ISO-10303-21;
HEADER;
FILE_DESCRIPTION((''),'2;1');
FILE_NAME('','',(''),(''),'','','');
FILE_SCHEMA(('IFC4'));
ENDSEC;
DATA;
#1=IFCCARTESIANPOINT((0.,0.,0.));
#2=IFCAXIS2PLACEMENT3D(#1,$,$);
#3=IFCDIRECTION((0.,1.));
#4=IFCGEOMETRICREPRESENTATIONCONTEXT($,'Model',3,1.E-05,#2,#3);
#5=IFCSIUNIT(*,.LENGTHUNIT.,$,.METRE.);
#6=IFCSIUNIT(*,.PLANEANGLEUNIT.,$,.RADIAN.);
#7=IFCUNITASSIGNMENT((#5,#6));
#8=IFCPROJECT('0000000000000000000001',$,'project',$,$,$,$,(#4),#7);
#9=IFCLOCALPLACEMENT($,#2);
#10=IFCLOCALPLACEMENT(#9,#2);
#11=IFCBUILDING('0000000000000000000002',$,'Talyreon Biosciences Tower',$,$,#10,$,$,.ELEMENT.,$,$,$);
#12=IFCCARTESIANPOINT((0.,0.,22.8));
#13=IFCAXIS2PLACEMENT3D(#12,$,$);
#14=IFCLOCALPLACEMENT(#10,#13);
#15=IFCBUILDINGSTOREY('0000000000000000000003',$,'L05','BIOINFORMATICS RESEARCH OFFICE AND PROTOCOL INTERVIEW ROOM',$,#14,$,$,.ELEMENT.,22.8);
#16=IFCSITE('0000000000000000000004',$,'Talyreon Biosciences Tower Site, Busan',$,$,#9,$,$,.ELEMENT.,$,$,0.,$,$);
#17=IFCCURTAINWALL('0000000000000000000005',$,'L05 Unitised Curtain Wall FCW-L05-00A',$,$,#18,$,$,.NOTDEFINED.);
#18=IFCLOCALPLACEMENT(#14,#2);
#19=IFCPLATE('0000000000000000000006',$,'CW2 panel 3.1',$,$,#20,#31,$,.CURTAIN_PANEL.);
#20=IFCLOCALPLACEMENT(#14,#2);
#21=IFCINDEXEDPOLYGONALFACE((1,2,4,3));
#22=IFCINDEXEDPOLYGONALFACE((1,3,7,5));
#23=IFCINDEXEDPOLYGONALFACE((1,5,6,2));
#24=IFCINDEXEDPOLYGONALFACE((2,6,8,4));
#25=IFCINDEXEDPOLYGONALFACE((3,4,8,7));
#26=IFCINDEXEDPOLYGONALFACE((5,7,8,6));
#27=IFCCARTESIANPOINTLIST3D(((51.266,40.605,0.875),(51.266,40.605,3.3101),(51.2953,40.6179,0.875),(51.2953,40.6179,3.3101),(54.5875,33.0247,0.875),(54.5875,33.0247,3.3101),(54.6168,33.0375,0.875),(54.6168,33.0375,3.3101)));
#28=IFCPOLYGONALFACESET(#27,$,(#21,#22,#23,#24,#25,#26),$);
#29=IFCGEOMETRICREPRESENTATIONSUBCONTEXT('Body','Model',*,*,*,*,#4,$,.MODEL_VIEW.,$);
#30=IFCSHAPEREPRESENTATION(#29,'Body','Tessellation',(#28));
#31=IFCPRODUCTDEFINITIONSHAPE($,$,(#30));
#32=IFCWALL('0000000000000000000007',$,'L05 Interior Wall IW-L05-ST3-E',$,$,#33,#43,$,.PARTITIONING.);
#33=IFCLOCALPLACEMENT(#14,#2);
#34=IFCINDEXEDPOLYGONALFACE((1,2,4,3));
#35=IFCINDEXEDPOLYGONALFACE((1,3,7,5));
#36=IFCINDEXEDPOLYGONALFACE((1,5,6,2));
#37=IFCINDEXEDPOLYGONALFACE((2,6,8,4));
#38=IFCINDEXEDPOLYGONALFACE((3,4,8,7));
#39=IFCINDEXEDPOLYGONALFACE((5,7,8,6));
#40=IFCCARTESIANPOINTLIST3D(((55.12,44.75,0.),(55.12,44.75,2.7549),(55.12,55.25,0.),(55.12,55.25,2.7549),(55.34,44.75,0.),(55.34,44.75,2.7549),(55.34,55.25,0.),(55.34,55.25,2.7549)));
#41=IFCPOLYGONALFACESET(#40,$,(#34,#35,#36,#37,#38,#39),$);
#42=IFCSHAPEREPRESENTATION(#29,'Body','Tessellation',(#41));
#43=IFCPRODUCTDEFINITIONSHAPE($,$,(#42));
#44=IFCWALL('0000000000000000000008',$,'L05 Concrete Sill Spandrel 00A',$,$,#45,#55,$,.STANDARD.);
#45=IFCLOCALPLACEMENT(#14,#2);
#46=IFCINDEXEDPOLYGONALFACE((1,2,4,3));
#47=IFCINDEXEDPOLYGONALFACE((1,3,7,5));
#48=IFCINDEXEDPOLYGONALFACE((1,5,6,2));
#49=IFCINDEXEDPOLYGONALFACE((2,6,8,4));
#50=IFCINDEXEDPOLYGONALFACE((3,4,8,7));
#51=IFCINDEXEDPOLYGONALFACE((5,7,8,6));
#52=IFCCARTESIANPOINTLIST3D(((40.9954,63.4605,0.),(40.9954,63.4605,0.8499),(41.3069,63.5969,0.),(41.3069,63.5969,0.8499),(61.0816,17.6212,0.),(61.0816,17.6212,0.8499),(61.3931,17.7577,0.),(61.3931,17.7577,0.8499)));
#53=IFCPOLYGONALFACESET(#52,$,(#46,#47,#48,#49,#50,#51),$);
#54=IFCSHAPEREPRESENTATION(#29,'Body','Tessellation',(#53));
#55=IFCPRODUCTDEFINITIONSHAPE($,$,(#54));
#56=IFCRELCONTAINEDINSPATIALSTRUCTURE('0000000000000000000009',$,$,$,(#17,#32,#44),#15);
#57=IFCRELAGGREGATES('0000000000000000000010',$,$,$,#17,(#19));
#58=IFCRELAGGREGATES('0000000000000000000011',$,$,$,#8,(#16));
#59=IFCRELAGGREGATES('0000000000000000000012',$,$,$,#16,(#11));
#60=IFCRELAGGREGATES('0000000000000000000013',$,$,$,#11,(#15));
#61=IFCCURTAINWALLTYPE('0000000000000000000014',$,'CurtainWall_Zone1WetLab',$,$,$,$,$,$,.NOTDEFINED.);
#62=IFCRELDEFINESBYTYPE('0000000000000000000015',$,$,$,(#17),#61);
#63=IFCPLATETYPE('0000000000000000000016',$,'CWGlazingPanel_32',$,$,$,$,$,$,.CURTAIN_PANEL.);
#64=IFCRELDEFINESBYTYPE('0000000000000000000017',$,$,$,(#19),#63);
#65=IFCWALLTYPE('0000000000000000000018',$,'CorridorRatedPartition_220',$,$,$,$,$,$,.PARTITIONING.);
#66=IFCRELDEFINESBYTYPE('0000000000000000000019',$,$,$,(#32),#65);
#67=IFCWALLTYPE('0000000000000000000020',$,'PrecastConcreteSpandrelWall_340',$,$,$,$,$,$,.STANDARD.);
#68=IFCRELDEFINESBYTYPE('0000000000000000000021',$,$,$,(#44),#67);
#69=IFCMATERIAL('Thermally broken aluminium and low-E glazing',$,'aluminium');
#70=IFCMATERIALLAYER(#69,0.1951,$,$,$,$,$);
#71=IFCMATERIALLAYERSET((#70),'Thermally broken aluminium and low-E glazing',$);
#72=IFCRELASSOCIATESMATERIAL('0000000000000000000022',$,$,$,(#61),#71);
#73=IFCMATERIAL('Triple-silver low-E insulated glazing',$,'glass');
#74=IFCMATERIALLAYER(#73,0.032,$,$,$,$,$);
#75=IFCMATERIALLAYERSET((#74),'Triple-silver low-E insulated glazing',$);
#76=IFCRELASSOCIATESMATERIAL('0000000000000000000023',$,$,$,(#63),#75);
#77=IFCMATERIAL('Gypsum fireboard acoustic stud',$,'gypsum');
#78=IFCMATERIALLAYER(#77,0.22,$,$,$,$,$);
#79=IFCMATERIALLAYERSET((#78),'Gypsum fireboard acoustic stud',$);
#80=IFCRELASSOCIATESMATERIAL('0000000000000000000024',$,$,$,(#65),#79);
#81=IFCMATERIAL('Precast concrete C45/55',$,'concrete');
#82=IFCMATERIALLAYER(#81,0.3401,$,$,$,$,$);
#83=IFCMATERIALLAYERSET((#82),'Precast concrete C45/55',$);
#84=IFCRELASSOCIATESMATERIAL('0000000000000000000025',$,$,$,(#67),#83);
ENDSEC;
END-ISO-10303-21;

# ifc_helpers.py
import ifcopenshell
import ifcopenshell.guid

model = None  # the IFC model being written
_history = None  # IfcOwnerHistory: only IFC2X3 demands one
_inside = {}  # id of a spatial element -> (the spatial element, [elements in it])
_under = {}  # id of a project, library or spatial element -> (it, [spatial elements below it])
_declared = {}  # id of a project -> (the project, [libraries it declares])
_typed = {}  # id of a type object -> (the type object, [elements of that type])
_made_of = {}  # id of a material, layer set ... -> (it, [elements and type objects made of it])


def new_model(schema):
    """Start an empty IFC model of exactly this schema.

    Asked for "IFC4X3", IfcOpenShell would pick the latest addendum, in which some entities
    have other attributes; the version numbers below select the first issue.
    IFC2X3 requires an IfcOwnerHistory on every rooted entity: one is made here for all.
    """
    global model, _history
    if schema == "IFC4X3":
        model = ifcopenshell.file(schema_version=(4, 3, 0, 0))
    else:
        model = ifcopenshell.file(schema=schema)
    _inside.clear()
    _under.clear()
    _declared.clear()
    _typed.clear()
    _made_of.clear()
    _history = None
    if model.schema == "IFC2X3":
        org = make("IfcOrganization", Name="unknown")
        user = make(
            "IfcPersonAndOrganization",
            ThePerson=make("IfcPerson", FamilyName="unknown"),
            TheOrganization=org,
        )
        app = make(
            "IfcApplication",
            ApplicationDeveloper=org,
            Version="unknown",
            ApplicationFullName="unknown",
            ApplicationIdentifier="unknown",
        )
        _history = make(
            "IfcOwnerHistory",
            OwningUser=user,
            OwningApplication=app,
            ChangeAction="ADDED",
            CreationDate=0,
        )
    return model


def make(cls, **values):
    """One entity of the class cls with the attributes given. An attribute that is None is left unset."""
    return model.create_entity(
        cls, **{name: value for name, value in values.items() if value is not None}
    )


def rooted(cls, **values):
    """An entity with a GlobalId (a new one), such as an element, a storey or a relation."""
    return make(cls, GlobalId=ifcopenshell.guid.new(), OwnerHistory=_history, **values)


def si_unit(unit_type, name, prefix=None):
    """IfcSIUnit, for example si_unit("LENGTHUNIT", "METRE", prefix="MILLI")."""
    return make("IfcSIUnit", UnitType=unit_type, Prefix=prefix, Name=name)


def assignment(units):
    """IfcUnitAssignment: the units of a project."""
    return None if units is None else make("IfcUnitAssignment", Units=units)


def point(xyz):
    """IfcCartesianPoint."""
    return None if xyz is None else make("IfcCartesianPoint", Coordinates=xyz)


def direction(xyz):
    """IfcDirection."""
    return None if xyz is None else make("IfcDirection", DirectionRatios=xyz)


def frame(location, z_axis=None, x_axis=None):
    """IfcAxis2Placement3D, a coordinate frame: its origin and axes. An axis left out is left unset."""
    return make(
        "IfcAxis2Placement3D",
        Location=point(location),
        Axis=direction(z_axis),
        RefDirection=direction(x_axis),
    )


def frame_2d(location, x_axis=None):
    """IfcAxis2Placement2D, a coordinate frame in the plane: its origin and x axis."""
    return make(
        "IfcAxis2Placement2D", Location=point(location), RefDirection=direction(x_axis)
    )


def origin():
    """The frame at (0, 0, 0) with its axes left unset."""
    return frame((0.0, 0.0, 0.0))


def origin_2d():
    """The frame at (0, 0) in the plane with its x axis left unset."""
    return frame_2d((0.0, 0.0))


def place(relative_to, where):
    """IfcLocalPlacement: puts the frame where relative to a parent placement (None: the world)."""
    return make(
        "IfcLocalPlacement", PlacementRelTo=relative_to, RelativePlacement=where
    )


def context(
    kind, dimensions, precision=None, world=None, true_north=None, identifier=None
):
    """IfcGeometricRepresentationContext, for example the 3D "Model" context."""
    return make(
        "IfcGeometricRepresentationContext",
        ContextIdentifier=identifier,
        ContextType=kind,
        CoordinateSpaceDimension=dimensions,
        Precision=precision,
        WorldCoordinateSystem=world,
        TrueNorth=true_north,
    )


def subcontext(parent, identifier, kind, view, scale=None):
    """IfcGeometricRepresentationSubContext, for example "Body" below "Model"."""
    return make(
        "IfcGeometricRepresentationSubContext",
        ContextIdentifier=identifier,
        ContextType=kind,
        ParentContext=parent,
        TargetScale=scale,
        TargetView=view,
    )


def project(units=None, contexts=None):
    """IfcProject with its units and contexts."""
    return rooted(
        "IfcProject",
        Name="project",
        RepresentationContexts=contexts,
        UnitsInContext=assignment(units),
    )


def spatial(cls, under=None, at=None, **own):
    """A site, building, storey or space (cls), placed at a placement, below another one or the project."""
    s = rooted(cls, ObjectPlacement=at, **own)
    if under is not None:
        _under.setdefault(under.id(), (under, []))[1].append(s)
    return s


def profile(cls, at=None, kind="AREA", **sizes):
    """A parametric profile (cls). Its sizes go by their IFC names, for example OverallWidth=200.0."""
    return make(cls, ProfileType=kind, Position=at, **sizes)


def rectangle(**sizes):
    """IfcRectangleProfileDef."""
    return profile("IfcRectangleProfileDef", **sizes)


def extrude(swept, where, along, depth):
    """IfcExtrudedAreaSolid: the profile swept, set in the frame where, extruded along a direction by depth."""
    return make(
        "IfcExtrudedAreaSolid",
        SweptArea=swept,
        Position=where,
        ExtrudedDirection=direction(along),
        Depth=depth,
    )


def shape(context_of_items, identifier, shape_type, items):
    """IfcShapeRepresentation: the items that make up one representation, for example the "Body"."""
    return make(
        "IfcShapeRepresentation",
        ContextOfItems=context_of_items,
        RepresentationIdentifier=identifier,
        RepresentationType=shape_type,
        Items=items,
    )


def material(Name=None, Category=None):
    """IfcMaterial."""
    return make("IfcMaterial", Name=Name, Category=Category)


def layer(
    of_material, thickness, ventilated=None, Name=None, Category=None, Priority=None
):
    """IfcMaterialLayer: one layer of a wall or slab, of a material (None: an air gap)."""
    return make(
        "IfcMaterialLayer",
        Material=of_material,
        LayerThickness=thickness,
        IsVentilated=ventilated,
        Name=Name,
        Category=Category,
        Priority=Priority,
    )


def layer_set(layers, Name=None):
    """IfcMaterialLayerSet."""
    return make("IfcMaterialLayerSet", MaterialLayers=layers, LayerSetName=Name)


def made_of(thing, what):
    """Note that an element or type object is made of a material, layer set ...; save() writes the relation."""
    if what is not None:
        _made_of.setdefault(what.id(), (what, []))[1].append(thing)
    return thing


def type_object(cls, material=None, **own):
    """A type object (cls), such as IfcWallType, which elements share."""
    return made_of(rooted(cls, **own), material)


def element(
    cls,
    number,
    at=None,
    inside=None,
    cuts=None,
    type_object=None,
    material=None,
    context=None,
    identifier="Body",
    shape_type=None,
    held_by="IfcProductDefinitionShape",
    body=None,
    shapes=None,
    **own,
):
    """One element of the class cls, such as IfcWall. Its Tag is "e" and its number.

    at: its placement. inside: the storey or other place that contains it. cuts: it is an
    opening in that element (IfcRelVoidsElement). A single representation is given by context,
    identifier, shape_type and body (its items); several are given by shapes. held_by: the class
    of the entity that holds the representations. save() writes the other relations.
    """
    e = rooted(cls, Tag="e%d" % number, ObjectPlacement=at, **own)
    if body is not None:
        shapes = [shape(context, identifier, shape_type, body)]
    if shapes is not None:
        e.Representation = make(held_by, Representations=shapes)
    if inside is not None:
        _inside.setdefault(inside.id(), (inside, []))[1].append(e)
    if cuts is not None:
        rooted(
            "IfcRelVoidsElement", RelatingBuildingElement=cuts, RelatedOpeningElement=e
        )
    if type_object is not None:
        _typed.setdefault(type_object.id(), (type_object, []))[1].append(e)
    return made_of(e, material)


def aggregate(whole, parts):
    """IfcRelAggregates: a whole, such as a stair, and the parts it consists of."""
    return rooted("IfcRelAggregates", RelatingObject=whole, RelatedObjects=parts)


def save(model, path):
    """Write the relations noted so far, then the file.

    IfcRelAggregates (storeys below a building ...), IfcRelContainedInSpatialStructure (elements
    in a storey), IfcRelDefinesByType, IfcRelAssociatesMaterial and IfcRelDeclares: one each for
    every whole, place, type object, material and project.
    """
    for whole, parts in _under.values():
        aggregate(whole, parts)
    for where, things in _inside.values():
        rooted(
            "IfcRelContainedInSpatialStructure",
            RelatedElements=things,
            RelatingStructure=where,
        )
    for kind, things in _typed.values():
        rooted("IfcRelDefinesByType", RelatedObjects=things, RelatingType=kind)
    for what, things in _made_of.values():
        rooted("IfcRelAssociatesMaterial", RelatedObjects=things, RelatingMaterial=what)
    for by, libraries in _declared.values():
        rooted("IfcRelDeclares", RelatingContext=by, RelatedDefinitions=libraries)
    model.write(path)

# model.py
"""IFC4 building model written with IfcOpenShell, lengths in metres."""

from ifc_helpers import new_model, si_unit, direction, frame, frame_2d, origin, origin_2d, place, context, subcontext, project, spatial, rectangle, extrude, material, layer, layer_set, type_object, element, aggregate, save


model = new_model("IFC4")

# Units and contexts
model_context = context("Model", 3, precision=1e-05, world=origin(), true_north=direction((0.0, 1.0)))
body_context = subcontext(model_context, "Body", "Model", "MODEL_VIEW")
ifc_project = project(units=[si_unit("LENGTHUNIT", "METRE"), si_unit("PLANEANGLEUNIT", "RADIAN")], contexts=[model_context])

# Site, building, storey
site_placement = place(None, origin())
site = spatial("IfcSite", under=ifc_project, at=site_placement, Name="Talyreon Biosciences Tower Site, Busan", CompositionType="ELEMENT", RefElevation=0.0)
building_placement = place(site_placement, origin())
building = spatial("IfcBuilding", under=site, at=building_placement, Name="Talyreon Biosciences Tower", CompositionType="ELEMENT")
storey_placement = place(building_placement, frame((0.0, 0.0, 22.8)))
storey = spatial("IfcBuildingStorey", under=building, at=storey_placement, Name="L05", Description="BIOINFORMATICS RESEARCH OFFICE AND PROTOCOL INTERVIEW ROOM", CompositionType="ELEMENT", Elevation=22.8)

# Curtain wall
ifc_material_1 = material(Name="Thermally broken aluminium and low-E glazing", Category="aluminium")
ifc_layer_1 = layer(ifc_material_1, 0.1951)
ifc_layer_set_1 = layer_set([ifc_layer_1], Name="Thermally broken aluminium and low-E glazing")
curtain_wall_type = type_object("IfcCurtainWallType", Name="CurtainWall_Zone1WetLab", PredefinedType="NOTDEFINED", material=ifc_layer_set_1)
curtain_wall_placement = place(storey_placement, origin())
curtain_wall = element("IfcCurtainWall", 1, at=curtain_wall_placement, inside=storey, type_object=curtain_wall_type, Name="L05 Unitised Curtain Wall FCW-L05-00A", PredefinedType="NOTDEFINED")

# Shared definitions
ifc_material_2 = material(Name="Precast concrete C45/55", Category="concrete")

# Plate
ifc_material_3 = material(Name="Triple-silver low-E insulated glazing", Category="glass")
ifc_layer_2 = layer(ifc_material_3, 0.032)
ifc_layer_set_2 = layer_set([ifc_layer_2], Name="Triple-silver low-E insulated glazing")
plate_type = type_object("IfcPlateType", Name="CWGlazingPanel_32", PredefinedType="CURTAIN_PANEL", material=ifc_layer_set_2)
plate_1_placement = place(storey_placement, frame((52.9414, 36.8213, 0.875), z_axis=(0.0, 0.0, 1.0), x_axis=(-0.401345, 0.915927, 0.0)))
plate_1 = element("IfcPlate", 2, at=plate_1_placement, type_object=plate_type, Name="CW2 panel 3.1", PredefinedType="CURTAIN_PANEL", context=body_context, shape_type="SweptSolid", body=[
    extrude(rectangle(XDim=8.2761, YDim=0.032, at=origin_2d()), origin(), (0.0, 0.0, 1.0), 2.4351),
])
aggregate(curtain_wall, [plate_1])

# Walls
ifc_material_4 = material(Name="Gypsum fireboard acoustic stud", Category="gypsum")
ifc_layer_3 = layer(ifc_material_4, 0.22)
ifc_layer_set_3 = layer_set([ifc_layer_3], Name="Gypsum fireboard acoustic stud")
wall_type_1 = type_object("IfcWallType", Name="CorridorRatedPartition_220", PredefinedType="PARTITIONING", material=ifc_layer_set_3)
wall_1_placement = place(storey_placement, frame((55.23, 44.75, 0.0), z_axis=(0.0, 0.0, 1.0), x_axis=(0.0, 1.0, 0.0)))
element("IfcWall", 3, at=wall_1_placement, inside=storey, type_object=wall_type_1, Name="L05 Interior Wall IW-L05-ST3-E", PredefinedType="PARTITIONING", context=body_context, shape_type="SweptSolid", body=[
    extrude(rectangle(XDim=10.5, YDim=0.22, at=frame_2d((5.25, 0.0))), origin(), (0.0, 0.0, 1.0), 2.7549),
])
ifc_layer_4 = layer(ifc_material_2, 0.3401)
ifc_layer_set_4 = layer_set([ifc_layer_4], Name="Precast concrete C45/55")
wall_type_2 = type_object("IfcWallType", Name="PrecastConcreteSpandrelWall_340", PredefinedType="STANDARD", material=ifc_layer_set_4)
wall_2_placement = place(storey_placement, frame((61.2373, 17.6895, 0.0), z_axis=(0.0, 0.0, 1.0), x_axis=(-0.401346, 0.915926, 0.0)))
element("IfcWall", 4, at=wall_2_placement, inside=storey, type_object=wall_type_2, Name="L05 Concrete Sill Spandrel 00A", PredefinedType="STANDARD", context=body_context, shape_type="SweptSolid", body=[
    extrude(rectangle(XDim=50.0469, YDim=0.3401, at=frame_2d((25.0234, 0.0))), origin(), (0.0, 0.0, 1.0), 0.8499),
])

save(model, "model.ifc")
